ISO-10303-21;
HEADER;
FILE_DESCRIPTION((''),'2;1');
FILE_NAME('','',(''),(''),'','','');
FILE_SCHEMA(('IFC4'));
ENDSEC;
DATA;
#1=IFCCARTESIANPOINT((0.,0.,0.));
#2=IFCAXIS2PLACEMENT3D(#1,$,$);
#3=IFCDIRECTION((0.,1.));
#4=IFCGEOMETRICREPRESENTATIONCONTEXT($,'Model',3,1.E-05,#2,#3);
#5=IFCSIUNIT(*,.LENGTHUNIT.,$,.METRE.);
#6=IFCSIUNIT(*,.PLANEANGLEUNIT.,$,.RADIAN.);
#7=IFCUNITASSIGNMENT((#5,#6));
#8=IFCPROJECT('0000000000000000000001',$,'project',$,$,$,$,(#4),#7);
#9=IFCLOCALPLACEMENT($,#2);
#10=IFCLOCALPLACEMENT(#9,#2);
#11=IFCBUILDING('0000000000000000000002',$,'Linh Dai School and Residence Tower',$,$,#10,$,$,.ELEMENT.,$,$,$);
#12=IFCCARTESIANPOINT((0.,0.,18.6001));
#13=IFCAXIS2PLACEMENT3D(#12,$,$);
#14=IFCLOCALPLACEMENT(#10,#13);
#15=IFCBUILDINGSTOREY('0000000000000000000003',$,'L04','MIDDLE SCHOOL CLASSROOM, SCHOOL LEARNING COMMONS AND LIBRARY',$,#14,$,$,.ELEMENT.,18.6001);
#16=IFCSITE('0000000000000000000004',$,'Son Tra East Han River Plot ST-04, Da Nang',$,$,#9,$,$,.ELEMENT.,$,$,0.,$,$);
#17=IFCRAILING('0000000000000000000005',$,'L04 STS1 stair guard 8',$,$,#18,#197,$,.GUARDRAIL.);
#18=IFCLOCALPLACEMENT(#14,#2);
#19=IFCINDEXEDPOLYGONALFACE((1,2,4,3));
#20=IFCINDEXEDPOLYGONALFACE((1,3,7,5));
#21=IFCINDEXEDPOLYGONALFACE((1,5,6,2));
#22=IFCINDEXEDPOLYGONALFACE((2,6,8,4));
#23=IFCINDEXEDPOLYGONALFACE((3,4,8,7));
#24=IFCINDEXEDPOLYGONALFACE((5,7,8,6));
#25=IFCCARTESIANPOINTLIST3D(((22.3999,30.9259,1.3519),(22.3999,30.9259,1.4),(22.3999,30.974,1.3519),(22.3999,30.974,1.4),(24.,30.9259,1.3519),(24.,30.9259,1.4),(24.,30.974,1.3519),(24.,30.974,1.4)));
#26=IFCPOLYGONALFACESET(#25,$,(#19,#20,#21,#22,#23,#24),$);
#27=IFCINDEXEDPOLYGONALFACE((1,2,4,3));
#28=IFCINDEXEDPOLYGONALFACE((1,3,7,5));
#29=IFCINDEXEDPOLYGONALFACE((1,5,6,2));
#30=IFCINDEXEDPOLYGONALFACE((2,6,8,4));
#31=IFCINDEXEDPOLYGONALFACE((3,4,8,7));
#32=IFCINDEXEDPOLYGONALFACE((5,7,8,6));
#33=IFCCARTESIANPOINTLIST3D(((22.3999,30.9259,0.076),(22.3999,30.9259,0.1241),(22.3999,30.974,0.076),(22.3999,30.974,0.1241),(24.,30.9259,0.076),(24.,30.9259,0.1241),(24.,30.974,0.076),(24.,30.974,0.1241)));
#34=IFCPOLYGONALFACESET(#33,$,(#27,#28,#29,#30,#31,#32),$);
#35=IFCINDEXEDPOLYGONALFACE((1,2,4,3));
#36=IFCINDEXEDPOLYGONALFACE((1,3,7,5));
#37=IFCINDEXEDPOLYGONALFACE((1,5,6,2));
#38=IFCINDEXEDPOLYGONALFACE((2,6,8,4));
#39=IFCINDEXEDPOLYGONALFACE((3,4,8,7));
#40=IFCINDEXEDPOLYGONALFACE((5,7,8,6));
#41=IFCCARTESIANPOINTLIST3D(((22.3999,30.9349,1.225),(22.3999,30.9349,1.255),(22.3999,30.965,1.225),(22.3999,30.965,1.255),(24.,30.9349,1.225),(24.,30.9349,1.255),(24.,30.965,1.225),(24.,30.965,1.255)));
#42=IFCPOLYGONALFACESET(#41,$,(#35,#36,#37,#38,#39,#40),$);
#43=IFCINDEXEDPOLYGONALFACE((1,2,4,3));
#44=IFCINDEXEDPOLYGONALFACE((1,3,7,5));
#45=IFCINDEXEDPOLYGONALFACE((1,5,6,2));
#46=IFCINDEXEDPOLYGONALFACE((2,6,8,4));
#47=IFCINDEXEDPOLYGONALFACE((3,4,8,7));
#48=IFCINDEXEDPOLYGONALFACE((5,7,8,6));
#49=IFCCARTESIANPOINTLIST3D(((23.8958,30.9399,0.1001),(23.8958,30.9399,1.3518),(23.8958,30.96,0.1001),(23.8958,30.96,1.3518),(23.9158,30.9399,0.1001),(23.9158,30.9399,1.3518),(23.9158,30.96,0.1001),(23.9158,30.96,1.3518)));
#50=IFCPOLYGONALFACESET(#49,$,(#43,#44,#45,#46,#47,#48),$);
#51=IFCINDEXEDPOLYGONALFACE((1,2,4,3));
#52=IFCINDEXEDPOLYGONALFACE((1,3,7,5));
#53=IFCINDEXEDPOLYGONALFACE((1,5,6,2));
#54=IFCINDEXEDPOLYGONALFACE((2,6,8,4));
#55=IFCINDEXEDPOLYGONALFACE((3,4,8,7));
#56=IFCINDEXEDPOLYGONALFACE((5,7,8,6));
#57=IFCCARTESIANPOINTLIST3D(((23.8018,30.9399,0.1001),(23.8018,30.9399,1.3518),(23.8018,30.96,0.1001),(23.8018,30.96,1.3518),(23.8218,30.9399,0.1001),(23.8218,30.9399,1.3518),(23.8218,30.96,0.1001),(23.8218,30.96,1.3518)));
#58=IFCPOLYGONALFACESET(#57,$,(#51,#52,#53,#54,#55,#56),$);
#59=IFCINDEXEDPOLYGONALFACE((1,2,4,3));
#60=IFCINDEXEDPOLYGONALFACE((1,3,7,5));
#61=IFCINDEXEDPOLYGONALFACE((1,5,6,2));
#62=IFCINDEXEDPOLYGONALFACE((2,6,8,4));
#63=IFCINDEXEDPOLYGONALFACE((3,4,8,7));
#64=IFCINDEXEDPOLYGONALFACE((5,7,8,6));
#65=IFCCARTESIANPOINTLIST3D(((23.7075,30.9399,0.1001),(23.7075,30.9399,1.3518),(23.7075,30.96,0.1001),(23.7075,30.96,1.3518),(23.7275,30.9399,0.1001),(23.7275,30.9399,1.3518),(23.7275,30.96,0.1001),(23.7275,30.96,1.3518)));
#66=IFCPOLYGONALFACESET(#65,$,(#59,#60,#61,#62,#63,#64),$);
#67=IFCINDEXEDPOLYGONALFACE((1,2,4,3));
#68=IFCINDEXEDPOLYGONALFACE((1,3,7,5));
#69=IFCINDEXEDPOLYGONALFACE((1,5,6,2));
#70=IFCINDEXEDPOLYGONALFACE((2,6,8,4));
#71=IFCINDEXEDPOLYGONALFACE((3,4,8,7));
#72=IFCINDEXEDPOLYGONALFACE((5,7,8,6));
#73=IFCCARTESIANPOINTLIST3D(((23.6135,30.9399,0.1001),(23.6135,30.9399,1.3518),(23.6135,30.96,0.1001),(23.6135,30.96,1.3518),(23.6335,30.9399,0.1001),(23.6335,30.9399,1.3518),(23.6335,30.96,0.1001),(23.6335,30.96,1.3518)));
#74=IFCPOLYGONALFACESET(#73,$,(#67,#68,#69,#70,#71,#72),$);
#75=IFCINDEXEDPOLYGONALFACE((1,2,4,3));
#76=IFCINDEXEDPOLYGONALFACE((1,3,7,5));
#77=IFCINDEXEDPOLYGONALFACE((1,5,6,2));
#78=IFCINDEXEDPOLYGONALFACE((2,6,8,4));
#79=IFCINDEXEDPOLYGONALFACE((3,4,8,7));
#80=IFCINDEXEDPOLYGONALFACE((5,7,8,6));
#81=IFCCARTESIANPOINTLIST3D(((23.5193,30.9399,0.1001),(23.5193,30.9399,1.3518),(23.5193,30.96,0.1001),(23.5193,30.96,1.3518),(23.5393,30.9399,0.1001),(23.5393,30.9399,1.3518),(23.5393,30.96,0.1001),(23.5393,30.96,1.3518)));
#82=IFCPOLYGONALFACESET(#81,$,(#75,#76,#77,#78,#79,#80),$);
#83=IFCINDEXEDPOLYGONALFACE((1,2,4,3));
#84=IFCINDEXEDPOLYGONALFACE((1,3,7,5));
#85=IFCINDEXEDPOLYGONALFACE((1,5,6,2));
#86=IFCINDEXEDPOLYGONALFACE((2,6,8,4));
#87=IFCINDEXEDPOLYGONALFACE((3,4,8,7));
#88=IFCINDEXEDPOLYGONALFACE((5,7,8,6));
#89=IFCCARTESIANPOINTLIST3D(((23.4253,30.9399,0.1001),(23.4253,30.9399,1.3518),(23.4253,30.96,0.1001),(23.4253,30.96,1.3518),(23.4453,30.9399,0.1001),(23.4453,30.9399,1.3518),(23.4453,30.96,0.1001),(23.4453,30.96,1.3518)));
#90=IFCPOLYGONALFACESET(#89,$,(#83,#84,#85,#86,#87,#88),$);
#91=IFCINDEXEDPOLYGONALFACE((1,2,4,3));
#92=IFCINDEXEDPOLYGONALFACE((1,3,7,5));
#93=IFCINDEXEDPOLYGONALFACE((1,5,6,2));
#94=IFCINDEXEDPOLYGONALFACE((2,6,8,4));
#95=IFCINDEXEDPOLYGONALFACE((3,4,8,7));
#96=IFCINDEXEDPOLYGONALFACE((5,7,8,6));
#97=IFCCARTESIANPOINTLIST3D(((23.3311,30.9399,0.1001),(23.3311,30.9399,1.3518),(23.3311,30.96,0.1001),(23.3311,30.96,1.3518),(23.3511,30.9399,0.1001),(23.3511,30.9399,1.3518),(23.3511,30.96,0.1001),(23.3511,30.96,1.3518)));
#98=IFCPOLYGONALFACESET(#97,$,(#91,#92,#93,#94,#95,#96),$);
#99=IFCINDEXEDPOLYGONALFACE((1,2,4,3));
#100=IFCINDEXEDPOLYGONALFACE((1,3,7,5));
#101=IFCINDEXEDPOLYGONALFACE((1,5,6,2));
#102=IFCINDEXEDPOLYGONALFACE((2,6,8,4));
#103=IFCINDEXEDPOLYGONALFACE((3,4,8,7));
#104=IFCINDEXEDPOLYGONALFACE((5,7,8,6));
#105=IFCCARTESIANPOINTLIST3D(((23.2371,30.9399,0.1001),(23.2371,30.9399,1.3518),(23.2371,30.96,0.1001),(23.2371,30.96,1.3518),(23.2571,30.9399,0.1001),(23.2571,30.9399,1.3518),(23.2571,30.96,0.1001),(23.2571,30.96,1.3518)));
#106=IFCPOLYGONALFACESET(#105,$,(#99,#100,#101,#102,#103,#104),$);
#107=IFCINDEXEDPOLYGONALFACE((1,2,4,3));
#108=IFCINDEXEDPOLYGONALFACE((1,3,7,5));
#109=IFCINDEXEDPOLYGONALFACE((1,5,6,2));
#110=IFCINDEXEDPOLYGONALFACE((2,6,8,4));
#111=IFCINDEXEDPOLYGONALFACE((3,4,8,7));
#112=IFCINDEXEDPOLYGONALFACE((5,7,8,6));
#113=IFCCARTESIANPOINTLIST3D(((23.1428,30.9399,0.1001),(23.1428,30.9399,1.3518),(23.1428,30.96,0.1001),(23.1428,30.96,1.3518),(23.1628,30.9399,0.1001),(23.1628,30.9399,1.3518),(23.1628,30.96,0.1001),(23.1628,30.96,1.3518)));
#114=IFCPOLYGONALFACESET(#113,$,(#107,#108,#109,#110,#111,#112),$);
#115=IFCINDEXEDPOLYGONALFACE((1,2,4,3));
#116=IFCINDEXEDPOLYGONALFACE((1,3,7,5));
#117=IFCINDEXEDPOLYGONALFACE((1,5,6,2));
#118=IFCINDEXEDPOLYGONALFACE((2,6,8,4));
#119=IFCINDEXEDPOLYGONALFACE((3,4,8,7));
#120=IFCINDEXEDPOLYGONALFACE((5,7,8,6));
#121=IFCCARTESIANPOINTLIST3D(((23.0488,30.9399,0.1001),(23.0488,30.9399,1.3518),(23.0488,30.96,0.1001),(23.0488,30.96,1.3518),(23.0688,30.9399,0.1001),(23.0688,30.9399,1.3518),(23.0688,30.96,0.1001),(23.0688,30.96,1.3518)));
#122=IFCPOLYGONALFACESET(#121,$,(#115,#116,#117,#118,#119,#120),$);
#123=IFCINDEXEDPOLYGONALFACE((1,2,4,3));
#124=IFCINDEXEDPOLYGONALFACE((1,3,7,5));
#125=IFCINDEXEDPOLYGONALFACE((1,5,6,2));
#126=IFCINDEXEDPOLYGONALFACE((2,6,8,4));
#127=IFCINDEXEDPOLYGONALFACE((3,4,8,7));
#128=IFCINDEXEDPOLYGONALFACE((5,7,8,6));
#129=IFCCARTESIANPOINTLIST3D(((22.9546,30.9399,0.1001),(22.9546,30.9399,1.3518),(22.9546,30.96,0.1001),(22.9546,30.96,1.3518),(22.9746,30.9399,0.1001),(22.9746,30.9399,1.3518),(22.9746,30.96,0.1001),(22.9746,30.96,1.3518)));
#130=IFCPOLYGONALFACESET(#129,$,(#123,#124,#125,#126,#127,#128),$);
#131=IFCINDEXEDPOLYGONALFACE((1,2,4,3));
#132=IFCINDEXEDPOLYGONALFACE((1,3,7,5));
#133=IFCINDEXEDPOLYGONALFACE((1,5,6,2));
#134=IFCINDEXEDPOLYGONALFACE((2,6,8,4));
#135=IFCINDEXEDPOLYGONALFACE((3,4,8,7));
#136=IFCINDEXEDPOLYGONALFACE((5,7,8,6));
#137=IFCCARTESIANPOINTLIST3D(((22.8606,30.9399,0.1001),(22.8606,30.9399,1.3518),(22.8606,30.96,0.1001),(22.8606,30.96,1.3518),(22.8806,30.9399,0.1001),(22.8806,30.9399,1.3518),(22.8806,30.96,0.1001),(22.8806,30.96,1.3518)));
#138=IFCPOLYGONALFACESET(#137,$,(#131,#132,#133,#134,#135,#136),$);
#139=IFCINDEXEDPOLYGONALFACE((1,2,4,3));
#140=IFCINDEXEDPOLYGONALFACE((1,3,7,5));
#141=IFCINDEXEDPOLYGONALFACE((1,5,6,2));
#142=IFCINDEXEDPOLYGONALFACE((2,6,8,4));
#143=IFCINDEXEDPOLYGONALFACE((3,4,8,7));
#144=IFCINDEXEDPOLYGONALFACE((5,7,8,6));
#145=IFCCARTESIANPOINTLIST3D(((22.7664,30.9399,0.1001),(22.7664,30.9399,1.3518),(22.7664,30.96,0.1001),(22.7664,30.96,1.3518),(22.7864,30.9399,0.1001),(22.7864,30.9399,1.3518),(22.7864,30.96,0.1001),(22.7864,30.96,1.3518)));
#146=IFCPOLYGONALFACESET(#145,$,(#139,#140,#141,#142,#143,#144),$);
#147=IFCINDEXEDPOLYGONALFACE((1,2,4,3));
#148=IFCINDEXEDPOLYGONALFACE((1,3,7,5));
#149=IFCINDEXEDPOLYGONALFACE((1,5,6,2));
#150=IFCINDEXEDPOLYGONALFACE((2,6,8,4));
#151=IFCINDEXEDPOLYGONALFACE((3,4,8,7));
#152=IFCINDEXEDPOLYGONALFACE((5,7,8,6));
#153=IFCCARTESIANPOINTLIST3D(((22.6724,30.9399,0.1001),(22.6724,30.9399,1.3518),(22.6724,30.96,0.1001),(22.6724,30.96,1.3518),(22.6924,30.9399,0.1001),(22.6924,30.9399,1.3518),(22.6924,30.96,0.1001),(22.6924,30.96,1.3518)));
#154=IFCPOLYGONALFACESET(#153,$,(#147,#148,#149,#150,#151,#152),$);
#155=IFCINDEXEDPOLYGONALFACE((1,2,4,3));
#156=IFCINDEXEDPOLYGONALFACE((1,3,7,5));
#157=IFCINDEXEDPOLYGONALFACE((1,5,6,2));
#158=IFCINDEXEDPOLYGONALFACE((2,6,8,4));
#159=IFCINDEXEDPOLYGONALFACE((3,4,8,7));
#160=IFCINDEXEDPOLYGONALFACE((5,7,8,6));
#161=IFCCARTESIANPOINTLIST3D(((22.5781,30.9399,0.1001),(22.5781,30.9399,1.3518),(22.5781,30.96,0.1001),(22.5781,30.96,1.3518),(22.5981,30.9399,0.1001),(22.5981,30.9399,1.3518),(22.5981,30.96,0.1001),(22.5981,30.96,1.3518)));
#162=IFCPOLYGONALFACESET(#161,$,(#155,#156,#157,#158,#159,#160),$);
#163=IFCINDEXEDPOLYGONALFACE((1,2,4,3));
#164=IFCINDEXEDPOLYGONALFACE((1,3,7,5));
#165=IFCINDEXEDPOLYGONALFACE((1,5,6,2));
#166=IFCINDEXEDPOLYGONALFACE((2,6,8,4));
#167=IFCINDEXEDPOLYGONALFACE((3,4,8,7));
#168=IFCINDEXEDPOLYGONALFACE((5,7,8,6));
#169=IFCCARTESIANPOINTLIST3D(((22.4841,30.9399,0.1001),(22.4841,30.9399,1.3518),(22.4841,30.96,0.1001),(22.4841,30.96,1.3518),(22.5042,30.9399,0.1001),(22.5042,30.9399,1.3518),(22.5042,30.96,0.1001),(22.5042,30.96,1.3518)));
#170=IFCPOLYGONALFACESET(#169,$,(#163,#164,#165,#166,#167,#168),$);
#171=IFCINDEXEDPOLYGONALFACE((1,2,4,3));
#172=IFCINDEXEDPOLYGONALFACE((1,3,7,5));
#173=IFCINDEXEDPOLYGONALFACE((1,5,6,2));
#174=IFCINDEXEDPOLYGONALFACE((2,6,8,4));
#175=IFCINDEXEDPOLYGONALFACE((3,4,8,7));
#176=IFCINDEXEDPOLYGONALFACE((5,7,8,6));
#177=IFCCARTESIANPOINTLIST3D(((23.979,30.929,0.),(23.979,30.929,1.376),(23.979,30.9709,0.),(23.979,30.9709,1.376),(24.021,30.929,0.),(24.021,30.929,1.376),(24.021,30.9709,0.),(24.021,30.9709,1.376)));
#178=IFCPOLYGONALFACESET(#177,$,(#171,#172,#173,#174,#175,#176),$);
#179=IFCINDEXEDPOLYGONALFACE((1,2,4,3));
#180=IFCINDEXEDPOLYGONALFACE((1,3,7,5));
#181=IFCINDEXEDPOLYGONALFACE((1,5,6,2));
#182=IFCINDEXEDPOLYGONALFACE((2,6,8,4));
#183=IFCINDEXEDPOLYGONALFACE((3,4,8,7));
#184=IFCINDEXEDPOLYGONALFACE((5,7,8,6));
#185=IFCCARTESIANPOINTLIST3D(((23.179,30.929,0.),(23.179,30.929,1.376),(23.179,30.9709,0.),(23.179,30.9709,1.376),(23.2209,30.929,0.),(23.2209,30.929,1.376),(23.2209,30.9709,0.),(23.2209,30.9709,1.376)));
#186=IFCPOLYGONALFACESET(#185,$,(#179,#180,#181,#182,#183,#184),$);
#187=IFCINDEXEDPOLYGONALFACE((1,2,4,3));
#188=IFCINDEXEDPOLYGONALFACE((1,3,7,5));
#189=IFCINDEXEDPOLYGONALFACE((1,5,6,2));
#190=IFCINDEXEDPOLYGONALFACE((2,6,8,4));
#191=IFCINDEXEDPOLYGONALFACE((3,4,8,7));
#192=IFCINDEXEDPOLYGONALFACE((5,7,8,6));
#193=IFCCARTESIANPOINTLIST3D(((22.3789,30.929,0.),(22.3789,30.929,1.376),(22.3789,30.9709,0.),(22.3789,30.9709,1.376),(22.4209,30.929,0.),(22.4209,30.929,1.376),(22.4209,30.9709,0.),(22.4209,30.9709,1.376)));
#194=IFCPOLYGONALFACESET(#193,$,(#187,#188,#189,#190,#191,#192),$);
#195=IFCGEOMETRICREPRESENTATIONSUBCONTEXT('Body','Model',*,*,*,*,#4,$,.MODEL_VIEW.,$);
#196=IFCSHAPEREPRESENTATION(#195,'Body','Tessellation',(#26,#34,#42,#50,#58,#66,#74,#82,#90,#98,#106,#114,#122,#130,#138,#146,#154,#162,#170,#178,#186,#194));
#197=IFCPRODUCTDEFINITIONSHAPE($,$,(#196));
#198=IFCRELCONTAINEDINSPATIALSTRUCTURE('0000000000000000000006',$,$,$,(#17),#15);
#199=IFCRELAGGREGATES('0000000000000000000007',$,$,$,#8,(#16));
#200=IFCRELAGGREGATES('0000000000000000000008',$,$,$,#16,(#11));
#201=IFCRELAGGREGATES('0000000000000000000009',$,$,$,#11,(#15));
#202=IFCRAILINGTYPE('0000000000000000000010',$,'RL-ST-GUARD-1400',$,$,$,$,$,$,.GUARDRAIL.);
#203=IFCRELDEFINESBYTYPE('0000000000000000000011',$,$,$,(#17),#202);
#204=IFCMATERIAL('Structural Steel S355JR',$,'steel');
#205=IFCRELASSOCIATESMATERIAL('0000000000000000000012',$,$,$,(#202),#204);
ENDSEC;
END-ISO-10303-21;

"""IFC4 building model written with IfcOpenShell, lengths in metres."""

from ifc_helpers import new_model, si_unit, direction, frame, origin, origin_2d, place, context, subcontext, project, spatial, rectangle, extrude, source, transform, mapped, material, type_object, element, save


model = new_model("IFC4")

# Units and contexts
model_context = context("Model", 3, precision=1e-05, world=origin(), true_north=direction((0.0, 1.0)))
body_context = subcontext(model_context, "Body", "Model", "MODEL_VIEW")
ifc_project = project(units=[si_unit("LENGTHUNIT", "METRE"), si_unit("PLANEANGLEUNIT", "RADIAN")], contexts=[model_context])

# Site, building, storey
site_placement = place(None, origin())
site = spatial("IfcSite", under=ifc_project, at=site_placement, Name="Son Tra East Han River Plot ST-04, Da Nang", CompositionType="ELEMENT", RefElevation=0.0)
building_placement = place(site_placement, origin())
building = spatial("IfcBuilding", under=site, at=building_placement, Name="Linh Dai School and Residence Tower", CompositionType="ELEMENT")
storey_placement = place(building_placement, frame((0.0, 0.0, 18.6001)))
storey = spatial("IfcBuildingStorey", under=building, at=storey_placement, Name="L04", Description="MIDDLE SCHOOL CLASSROOM, SCHOOL LEARNING COMMONS AND LIBRARY", CompositionType="ELEMENT", Elevation=18.6001)

# Shared definitions
ifc_material_1 = material(Name="Structural Steel S355JR", Category="steel")

# Railing
railing_type_1 = type_object("IfcRailingType", Name="RL-ST-GUARD-1400", PredefinedType="GUARDRAIL", material=ifc_material_1)
shared_shape_1 = source(origin(), body_context, "Body", "SweptSolid", [
    extrude(rectangle(XDim=0.0481, YDim=0.0481, at=origin_2d()), frame((0.0, 0.0, 1.376), z_axis=(-1.0, 0.0, 0.0), x_axis=(0.0, -1.0, 0.0)), (0.0, 0.0, 1.0), 1.6001),
    extrude(rectangle(XDim=0.0481, YDim=0.0481, at=origin_2d()), frame((0.0, 0.0, 0.1001), z_axis=(-1.0, 0.0, 0.0), x_axis=(0.0, -1.0, 0.0)), (0.0, 0.0, 1.0), 1.6001),
    extrude(rectangle(XDim=0.03, YDim=0.03, at=origin_2d()), frame((0.0, 0.0, 1.24), z_axis=(-1.0, 0.0, 0.0), x_axis=(0.0, -1.0, 0.0)), (0.0, 0.0, 1.0), 1.6001),
    extrude(rectangle(XDim=0.02, YDim=0.02, at=origin_2d()), frame((-0.0942, 0.0, 0.1001)), (0.0, 0.0, 1.0), 1.2517),
    extrude(rectangle(XDim=0.02, YDim=0.02, at=origin_2d()), frame((-0.1882, 0.0, 0.1001)), (0.0, 0.0, 1.0), 1.2517),
    extrude(rectangle(XDim=0.02, YDim=0.02, at=origin_2d()), frame((-0.2825, 0.0, 0.1001)), (0.0, 0.0, 1.0), 1.2517),
    extrude(rectangle(XDim=0.02, YDim=0.02, at=origin_2d()), frame((-0.3765, 0.0, 0.1001)), (0.0, 0.0, 1.0), 1.2517),
    extrude(rectangle(XDim=0.02, YDim=0.02, at=origin_2d()), frame((-0.4707, 0.0, 0.1001)), (0.0, 0.0, 1.0), 1.2517),
    extrude(rectangle(XDim=0.02, YDim=0.02, at=origin_2d()), frame((-0.5647, 0.0, 0.1001)), (0.0, 0.0, 1.0), 1.2517),
    extrude(rectangle(XDim=0.02, YDim=0.02, at=origin_2d()), frame((-0.6589, 0.0, 0.1001)), (0.0, 0.0, 1.0), 1.2517),
    extrude(rectangle(XDim=0.02, YDim=0.02, at=origin_2d()), frame((-0.7529, 0.0, 0.1001)), (0.0, 0.0, 1.0), 1.2517),
    extrude(rectangle(XDim=0.02, YDim=0.02, at=origin_2d()), frame((-0.8472, 0.0, 0.1001)), (0.0, 0.0, 1.0), 1.2517),
    extrude(rectangle(XDim=0.02, YDim=0.02, at=origin_2d()), frame((-0.9412, 0.0, 0.1001)), (0.0, 0.0, 1.0), 1.2517),
    extrude(rectangle(XDim=0.02, YDim=0.02, at=origin_2d()), frame((-1.0354, 0.0, 0.1001)), (0.0, 0.0, 1.0), 1.2517),
    extrude(rectangle(XDim=0.02, YDim=0.02, at=origin_2d()), frame((-1.1294, 0.0, 0.1001)), (0.0, 0.0, 1.0), 1.2517),
    extrude(rectangle(XDim=0.02, YDim=0.02, at=origin_2d()), frame((-1.2236, 0.0, 0.1001)), (0.0, 0.0, 1.0), 1.2517),
    extrude(rectangle(XDim=0.02, YDim=0.02, at=origin_2d()), frame((-1.3176, 0.0, 0.1001)), (0.0, 0.0, 1.0), 1.2517),
    extrude(rectangle(XDim=0.02, YDim=0.02, at=origin_2d()), frame((-1.4119, 0.0, 0.1001)), (0.0, 0.0, 1.0), 1.2517),
    extrude(rectangle(XDim=0.02, YDim=0.02, at=origin_2d()), frame((-1.5059, 0.0, 0.1001)), (0.0, 0.0, 1.0), 1.2517),
    extrude(rectangle(XDim=0.042, YDim=0.042, at=origin_2d()), origin(), (0.0, 0.0, 1.0), 1.376),
    extrude(rectangle(XDim=0.042, YDim=0.042, at=origin_2d()), frame((-0.8, 0.0, 0.0)), (0.0, 0.0, 1.0), 1.376),
    extrude(rectangle(XDim=0.042, YDim=0.042, at=origin_2d()), frame((-1.6001, 0.0, 0.0)), (0.0, 0.0, 1.0), 1.376),
])
for number, where, name in (
    (1, (24.0, 30.95, 0.0), "L04 STS1 stair guard 8"),
):
    element("IfcRailing", number, at=place(storey_placement, frame(where)), inside=storey, type_object=railing_type_1, Name=name, PredefinedType="GUARDRAIL", context=body_context, shape_type="MappedRepresentation", body=[
        mapped(shared_shape_1, transform((0.0, 0.0, 0.0), x_axis=(1.0, 0.0, 0.0), y_axis=(0.0, 1.0, 0.0), z_axis=(0.0, 0.0, 1.0), scale=1.0)),
    ])

save(model, "model.ifc")
